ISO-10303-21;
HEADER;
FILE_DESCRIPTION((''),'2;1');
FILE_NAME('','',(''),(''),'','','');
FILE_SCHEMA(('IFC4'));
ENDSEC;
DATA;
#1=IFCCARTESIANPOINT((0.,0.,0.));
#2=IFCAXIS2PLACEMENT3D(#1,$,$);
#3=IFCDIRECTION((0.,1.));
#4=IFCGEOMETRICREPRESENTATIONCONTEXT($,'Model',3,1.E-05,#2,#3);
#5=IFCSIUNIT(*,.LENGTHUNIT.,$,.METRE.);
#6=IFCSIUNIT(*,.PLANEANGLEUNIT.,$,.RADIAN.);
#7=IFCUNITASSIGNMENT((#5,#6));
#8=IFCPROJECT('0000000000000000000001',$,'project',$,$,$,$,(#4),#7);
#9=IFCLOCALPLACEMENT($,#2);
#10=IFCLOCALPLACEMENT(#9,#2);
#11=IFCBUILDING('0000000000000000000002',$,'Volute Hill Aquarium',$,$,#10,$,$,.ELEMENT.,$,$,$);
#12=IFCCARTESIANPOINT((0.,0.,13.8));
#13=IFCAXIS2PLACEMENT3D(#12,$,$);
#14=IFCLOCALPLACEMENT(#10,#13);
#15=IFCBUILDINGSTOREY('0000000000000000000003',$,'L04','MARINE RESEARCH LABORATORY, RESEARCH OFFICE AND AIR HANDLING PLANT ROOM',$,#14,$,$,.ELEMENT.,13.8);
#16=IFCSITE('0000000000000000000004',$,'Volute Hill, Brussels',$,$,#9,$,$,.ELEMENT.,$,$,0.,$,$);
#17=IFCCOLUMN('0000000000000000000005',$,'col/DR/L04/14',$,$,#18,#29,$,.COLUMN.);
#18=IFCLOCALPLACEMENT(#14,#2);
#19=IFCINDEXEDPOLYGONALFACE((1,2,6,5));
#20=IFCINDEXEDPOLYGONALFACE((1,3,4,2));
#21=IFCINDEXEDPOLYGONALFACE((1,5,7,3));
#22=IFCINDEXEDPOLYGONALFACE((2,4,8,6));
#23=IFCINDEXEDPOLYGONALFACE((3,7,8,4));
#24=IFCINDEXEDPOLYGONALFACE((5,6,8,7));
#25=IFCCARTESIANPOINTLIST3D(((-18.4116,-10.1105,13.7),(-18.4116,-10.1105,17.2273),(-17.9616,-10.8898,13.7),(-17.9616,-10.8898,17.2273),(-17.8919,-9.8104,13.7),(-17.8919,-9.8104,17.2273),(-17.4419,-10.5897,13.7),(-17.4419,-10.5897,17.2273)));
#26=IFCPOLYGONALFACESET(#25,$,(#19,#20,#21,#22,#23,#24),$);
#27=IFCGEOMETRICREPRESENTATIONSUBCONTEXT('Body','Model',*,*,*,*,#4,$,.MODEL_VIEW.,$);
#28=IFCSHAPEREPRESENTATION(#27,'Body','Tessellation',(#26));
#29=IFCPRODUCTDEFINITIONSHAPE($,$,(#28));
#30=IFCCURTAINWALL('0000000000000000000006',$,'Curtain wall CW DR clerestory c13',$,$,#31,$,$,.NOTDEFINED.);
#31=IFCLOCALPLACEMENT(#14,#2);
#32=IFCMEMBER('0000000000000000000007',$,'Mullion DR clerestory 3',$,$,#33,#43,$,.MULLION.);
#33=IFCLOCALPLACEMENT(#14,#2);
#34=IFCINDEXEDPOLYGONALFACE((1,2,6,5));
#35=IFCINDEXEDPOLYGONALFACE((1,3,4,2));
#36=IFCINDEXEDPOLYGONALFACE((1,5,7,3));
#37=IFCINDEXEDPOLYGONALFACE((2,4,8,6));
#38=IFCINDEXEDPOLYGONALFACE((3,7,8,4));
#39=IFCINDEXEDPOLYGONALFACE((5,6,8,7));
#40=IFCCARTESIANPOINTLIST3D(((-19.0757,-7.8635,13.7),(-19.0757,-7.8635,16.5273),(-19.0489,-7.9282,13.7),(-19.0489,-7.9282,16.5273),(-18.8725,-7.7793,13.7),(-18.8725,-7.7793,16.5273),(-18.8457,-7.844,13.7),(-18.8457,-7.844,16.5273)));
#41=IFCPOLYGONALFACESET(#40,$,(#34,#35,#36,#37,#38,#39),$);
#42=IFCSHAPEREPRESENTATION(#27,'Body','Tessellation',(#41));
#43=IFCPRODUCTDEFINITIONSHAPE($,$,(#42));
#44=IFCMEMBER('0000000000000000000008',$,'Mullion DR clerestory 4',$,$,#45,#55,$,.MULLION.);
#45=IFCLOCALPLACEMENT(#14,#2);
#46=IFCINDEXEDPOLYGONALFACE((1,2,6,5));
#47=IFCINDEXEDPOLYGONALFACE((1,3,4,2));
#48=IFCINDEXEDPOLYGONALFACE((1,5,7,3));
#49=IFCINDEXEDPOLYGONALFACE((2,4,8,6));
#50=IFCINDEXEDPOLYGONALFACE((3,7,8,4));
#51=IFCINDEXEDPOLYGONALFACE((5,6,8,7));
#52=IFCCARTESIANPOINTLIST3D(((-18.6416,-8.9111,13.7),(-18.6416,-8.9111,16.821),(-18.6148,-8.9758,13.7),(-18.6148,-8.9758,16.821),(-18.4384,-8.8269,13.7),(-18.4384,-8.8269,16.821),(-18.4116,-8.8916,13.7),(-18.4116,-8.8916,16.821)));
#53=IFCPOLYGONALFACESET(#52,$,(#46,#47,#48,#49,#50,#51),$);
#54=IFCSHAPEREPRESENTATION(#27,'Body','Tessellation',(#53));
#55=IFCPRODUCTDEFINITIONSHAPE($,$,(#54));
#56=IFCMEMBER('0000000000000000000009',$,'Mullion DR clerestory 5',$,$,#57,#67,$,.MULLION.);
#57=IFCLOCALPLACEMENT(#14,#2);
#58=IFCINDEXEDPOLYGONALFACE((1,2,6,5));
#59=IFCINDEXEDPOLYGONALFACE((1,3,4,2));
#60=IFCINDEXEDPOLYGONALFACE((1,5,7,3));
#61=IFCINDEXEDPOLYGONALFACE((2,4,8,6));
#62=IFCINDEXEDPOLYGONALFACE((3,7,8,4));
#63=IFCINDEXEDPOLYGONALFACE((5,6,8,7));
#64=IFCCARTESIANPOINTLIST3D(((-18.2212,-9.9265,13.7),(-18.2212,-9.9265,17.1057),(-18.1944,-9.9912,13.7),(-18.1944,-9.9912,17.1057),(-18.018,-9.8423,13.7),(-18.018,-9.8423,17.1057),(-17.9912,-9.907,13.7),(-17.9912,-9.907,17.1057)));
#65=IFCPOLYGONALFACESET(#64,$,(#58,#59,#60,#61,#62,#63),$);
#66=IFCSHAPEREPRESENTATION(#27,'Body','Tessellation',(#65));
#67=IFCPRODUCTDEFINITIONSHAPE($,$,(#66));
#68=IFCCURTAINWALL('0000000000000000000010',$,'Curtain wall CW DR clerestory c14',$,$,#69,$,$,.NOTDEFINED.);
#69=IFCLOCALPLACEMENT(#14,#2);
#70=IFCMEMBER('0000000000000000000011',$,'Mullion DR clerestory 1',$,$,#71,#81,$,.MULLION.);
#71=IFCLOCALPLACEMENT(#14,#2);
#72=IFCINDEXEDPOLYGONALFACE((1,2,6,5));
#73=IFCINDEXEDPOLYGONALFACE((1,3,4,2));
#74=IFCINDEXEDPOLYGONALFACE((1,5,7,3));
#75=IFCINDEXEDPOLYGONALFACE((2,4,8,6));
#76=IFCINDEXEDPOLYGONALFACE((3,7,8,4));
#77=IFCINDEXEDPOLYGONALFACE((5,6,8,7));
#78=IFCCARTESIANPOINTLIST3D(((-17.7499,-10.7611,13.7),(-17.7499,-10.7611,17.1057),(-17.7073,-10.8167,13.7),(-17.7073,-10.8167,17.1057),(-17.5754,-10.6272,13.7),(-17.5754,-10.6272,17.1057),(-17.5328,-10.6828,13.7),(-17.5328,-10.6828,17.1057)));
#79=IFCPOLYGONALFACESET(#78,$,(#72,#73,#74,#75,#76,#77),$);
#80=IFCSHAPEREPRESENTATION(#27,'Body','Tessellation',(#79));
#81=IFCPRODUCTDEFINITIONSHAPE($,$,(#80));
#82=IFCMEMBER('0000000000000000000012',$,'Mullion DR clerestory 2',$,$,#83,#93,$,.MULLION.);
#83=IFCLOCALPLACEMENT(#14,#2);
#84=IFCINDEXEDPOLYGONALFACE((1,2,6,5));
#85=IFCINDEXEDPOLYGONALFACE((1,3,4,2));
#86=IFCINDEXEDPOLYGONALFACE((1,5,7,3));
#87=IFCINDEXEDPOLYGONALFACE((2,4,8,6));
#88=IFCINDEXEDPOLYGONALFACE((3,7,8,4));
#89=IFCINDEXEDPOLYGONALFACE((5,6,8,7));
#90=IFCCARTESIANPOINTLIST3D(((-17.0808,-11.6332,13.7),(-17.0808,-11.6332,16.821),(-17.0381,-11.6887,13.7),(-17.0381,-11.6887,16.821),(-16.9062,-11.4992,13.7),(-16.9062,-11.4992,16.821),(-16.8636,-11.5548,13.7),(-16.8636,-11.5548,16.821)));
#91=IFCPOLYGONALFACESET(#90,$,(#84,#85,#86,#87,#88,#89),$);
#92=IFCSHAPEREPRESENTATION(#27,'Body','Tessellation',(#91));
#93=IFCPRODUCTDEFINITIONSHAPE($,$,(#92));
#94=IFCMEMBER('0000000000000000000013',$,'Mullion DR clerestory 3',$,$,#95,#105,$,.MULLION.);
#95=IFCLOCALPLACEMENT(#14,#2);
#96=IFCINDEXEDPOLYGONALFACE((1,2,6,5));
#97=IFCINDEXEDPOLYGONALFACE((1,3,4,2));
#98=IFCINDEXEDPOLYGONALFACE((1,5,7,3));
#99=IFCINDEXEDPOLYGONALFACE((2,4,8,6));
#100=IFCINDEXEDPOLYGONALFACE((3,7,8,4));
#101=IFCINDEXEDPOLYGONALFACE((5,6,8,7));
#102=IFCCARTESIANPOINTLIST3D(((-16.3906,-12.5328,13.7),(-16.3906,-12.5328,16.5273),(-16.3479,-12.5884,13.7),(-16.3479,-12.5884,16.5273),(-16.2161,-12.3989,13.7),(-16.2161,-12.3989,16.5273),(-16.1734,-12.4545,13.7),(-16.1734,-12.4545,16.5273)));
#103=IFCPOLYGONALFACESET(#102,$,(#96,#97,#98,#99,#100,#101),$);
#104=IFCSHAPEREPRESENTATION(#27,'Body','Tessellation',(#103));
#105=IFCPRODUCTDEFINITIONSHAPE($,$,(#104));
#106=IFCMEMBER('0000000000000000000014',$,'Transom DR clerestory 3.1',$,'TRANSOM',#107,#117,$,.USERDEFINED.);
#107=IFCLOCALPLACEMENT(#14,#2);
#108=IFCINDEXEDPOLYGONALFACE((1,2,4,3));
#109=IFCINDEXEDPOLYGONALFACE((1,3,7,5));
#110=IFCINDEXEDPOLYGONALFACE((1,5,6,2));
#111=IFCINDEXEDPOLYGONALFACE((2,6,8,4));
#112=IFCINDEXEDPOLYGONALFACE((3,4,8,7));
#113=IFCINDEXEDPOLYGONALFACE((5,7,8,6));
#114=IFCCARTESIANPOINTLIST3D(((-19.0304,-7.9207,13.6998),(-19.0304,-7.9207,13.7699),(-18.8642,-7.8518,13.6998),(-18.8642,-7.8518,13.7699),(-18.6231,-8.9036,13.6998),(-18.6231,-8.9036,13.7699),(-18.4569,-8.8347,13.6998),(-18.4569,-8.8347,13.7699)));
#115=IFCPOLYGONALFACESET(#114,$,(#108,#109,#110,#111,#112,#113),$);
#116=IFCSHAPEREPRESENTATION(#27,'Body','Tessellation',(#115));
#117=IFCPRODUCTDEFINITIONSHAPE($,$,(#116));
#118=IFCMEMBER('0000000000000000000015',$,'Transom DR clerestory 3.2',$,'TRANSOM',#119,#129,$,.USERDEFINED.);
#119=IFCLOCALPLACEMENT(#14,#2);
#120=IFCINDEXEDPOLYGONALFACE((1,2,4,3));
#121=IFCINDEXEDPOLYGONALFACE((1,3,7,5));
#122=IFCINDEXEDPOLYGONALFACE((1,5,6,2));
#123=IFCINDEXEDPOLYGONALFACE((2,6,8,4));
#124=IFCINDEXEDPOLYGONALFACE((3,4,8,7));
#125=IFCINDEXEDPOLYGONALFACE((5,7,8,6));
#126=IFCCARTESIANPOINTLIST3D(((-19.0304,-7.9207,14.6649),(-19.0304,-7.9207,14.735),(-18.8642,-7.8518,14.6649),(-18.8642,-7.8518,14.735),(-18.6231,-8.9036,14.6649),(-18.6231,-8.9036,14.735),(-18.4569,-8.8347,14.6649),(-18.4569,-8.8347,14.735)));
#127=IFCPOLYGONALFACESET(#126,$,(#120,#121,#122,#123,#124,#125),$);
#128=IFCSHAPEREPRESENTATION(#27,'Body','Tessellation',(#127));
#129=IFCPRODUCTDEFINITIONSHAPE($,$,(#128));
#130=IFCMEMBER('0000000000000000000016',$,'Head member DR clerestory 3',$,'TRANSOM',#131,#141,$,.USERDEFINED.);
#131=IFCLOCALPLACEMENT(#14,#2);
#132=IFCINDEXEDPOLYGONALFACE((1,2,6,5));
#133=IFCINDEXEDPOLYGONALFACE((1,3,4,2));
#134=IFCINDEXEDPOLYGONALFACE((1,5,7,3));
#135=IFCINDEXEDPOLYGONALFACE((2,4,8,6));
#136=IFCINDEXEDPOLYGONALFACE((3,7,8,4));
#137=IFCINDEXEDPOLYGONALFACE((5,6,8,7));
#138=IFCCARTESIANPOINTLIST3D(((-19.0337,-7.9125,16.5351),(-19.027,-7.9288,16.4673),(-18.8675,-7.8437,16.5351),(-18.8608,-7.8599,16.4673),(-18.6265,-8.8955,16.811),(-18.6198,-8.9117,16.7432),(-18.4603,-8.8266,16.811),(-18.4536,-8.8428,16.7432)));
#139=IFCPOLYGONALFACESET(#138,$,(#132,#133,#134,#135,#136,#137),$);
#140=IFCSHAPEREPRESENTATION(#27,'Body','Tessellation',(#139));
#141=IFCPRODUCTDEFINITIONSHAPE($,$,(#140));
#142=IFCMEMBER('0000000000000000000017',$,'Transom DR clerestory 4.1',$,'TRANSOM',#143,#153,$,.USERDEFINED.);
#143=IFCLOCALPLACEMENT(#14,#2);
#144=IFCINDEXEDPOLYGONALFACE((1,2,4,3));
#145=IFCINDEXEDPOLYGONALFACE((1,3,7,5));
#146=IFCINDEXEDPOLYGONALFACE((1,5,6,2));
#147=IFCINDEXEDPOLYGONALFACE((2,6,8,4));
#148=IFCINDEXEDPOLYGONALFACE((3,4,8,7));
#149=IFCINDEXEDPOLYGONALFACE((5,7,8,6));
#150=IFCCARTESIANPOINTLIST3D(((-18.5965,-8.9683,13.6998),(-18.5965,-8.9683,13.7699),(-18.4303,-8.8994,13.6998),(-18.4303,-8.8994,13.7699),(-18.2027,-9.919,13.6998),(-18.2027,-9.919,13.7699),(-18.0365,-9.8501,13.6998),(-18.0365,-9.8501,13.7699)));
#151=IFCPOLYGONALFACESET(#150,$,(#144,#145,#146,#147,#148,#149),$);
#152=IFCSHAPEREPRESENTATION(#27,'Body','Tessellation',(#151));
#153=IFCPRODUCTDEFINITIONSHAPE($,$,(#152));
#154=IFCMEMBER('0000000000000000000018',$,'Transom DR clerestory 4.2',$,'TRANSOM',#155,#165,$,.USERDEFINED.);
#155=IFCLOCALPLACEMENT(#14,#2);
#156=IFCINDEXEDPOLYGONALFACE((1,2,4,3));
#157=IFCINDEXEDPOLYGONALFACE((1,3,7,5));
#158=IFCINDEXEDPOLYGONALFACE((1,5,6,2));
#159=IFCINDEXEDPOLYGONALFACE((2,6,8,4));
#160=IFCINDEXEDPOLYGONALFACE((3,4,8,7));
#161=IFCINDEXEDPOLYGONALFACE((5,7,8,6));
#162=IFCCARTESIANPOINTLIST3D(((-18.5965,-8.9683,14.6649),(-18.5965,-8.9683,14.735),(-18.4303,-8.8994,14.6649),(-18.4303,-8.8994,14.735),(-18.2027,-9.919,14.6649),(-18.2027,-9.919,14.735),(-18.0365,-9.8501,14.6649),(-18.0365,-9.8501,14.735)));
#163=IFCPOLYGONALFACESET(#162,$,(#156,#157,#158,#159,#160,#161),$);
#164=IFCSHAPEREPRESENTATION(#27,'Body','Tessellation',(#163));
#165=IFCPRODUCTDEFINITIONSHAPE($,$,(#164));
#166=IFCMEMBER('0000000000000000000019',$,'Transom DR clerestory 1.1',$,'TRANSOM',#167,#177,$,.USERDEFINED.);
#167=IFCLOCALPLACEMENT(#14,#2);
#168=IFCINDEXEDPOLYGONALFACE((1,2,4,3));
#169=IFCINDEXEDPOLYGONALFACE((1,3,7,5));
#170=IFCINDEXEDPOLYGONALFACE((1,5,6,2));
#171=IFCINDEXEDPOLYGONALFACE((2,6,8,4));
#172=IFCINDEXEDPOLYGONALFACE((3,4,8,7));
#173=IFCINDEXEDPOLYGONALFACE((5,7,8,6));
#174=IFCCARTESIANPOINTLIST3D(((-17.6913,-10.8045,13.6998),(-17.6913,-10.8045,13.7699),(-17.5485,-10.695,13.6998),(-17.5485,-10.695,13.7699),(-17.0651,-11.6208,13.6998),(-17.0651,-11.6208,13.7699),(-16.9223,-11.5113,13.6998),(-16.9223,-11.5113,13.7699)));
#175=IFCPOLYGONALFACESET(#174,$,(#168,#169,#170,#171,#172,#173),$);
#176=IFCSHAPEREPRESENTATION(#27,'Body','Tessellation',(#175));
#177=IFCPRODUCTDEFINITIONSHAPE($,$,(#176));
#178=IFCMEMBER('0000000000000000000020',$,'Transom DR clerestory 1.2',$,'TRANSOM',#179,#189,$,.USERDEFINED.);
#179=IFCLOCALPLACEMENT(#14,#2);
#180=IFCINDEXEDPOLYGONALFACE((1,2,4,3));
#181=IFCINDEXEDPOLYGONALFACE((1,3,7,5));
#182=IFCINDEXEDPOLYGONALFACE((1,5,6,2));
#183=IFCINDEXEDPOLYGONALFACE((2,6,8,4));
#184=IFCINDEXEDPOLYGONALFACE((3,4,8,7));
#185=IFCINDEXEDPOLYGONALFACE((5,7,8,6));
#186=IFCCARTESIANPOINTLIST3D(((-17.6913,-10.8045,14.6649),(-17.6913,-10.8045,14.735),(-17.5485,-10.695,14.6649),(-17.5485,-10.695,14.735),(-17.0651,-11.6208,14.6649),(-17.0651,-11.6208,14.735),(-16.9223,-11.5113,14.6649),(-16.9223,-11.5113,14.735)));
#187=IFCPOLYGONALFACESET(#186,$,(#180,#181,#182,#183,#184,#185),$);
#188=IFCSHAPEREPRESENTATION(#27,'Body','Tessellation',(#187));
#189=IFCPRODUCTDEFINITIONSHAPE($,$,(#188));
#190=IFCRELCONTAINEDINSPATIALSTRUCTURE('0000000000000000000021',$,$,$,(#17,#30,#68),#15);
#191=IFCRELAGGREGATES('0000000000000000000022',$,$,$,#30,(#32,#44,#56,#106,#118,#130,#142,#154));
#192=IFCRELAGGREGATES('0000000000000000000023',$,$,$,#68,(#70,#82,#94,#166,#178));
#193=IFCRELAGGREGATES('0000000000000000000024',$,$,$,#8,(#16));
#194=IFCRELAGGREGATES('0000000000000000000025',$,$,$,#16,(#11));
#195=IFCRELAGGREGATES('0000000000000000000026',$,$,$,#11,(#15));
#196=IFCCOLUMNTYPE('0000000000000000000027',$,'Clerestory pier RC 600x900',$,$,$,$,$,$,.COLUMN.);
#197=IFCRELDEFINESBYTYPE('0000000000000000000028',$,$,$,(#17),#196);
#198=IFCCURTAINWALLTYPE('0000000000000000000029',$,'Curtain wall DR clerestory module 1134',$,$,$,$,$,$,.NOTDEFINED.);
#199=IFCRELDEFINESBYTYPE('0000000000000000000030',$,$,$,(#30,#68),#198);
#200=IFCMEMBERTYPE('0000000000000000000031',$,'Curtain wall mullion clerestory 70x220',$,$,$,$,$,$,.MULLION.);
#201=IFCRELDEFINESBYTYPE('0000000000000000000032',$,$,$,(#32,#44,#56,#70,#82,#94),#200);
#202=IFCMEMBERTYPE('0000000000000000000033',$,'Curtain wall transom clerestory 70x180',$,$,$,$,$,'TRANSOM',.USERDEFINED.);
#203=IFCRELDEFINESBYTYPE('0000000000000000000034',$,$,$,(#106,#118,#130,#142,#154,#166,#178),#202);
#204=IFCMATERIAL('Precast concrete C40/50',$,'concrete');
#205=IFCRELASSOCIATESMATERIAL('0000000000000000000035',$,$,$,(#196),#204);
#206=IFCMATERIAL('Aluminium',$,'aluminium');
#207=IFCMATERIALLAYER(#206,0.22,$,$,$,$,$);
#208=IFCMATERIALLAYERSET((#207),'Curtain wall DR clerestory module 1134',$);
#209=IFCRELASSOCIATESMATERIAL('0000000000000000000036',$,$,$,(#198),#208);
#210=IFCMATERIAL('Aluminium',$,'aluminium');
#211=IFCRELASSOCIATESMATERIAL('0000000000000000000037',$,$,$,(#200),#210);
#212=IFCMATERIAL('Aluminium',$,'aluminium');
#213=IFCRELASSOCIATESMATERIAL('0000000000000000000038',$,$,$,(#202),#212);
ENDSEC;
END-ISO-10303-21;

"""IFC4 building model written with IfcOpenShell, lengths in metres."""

from ifc_helpers import new_model, si_unit, direction, frame, origin, origin_2d, place, context, subcontext, project, spatial, rectangle, extrude, material, layer, layer_set, material_profile, profile_set, type_object, element, aggregate, save


model = new_model("IFC4")

# Units and contexts
model_context = context("Model", 3, precision=1e-05, world=origin(), true_north=direction((0.0, 1.0)))
body_context = subcontext(model_context, "Body", "Model", "MODEL_VIEW")
ifc_project = project(units=[si_unit("LENGTHUNIT", "METRE"), si_unit("PLANEANGLEUNIT", "RADIAN")], contexts=[model_context])

# Site, building, storey
site_placement = place(None, origin())
site = spatial("IfcSite", under=ifc_project, at=site_placement, Name="Volute Hill, Brussels", CompositionType="ELEMENT", RefElevation=0.0)
building_placement = place(site_placement, origin())
building = spatial("IfcBuilding", under=site, at=building_placement, Name="Volute Hill Aquarium", CompositionType="ELEMENT")
storey_placement = place(building_placement, frame((0.0, 0.0, 13.8)))
storey = spatial("IfcBuildingStorey", under=building, at=storey_placement, Name="L04", Description="MARINE RESEARCH LABORATORY, RESEARCH OFFICE AND AIR HANDLING PLANT ROOM", CompositionType="ELEMENT", Elevation=13.8)

# Column
ifc_material_1 = material(Name="Precast concrete C40/50", Category="concrete")
ifc_material_profile_1 = material_profile(ifc_material_1, rectangle(XDim=0.6001, YDim=0.8999, at=origin_2d()), Name="RC pier 600x900")
ifc_profile_set_1 = profile_set([ifc_material_profile_1], Name="Precast concrete C40/50")
column_type = type_object("IfcColumnType", Name="Clerestory pier RC 600x900", PredefinedType="COLUMN", material=ifc_profile_set_1)
column_placement = place(storey_placement, frame((-17.9268, -10.3501, 13.7), z_axis=(0.0, 0.0, 1.0), x_axis=(-0.866025, -0.5, 0.0)))
element("IfcColumn", 1, at=column_placement, inside=storey, type_object=column_type, Name="col/DR/L04/14", PredefinedType="COLUMN", context=body_context, shape_type="SweptSolid", body=[
    extrude(rectangle(XDim=0.6001, YDim=0.8999, at=origin_2d()), origin(), (0.0, 0.0, 1.0), 3.5273),
])

# Curtain walls, members
ifc_material_2 = material(Name="Aluminium", Category="aluminium")
ifc_layer_1 = layer(ifc_material_2, 0.22)
ifc_layer_set_1 = layer_set([ifc_layer_1], Name="Curtain wall DR clerestory module 1134")
curtain_wall_type = type_object("IfcCurtainWallType", Name="Curtain wall DR clerestory module 1134", PredefinedType="NOTDEFINED", material=ifc_layer_set_1)
curtain_wall_1_placement = place(storey_placement, origin())
curtain_wall_1 = element("IfcCurtainWall", 2, at=curtain_wall_1_placement, inside=storey, type_object=curtain_wall_type, Name="Curtain wall CW DR clerestory c13", PredefinedType="NOTDEFINED")
ifc_material_3 = material(Name="Aluminium", Category="aluminium")
ifc_material_profile_2 = material_profile(ifc_material_3, rectangle(XDim=0.22, YDim=0.0701, at=origin_2d()), Name="Curtain wall mullion clerestory 70x220")
ifc_profile_set_2 = profile_set([ifc_material_profile_2], Name="Aluminium")
member_type_1 = type_object("IfcMemberType", Name="Curtain wall mullion clerestory 70x220", PredefinedType="MULLION", material=ifc_profile_set_2)
member_1_placement = place(storey_placement, frame((-18.9607, -7.8538, 13.7), z_axis=(0.0, 0.0, 1.0), x_axis=(0.923874, 0.382696, 0.0)))
member_1 = element("IfcMember", 3, at=member_1_placement, type_object=member_type_1, Name="Mullion DR clerestory 3", PredefinedType="MULLION", context=body_context, shape_type="SweptSolid", body=[
    extrude(rectangle(XDim=0.22, YDim=0.0701, at=origin_2d()), origin(), (0.0, 0.0, 1.0), 2.8274),
])
member_2_placement = place(storey_placement, frame((-18.5266, -8.9014, 13.7), z_axis=(0.0, 0.0, 1.0), x_axis=(0.923874, 0.382696, 0.0)))
member_2 = element("IfcMember", 4, at=member_2_placement, type_object=member_type_1, Name="Mullion DR clerestory 4", PredefinedType="MULLION", context=body_context, shape_type="SweptSolid", body=[
    extrude(rectangle(XDim=0.22, YDim=0.0701, at=origin_2d()), origin(), (0.0, 0.0, 1.0), 3.1211),
])
member_3_placement = place(storey_placement, frame((-18.1062, -9.9167, 13.7), z_axis=(0.0, 0.0, 1.0), x_axis=(0.923874, 0.382696, 0.0)))
member_3 = element("IfcMember", 5, at=member_3_placement, type_object=member_type_1, Name="Mullion DR clerestory 5", PredefinedType="MULLION", context=body_context, shape_type="SweptSolid", body=[
    extrude(rectangle(XDim=0.22, YDim=0.0701, at=origin_2d()), origin(), (0.0, 0.0, 1.0), 3.4058),
])
curtain_wall_2_placement = place(storey_placement, origin())
curtain_wall_2 = element("IfcCurtainWall", 6, at=curtain_wall_2_placement, inside=storey, type_object=curtain_wall_type, Name="Curtain wall CW DR clerestory c14", PredefinedType="NOTDEFINED")
member_4_placement = place(storey_placement, frame((-17.6414, -10.7219, 13.7), z_axis=(0.0, 0.0, 1.0), x_axis=(0.793354, 0.608761, 0.0)))
member_4 = element("IfcMember", 7, at=member_4_placement, type_object=member_type_1, Name="Mullion DR clerestory 1", PredefinedType="MULLION", context=body_context, shape_type="SweptSolid", body=[
    extrude(rectangle(XDim=0.22, YDim=0.0701, at=origin_2d()), origin(), (0.0, 0.0, 1.0), 3.4058),
])
member_5_placement = place(storey_placement, frame((-16.9722, -11.594, 13.7), z_axis=(0.0, 0.0, 1.0), x_axis=(0.793354, 0.608761, 0.0)))
member_5 = element("IfcMember", 8, at=member_5_placement, type_object=member_type_1, Name="Mullion DR clerestory 2", PredefinedType="MULLION", context=body_context, shape_type="SweptSolid", body=[
    extrude(rectangle(XDim=0.22, YDim=0.0701, at=origin_2d()), origin(), (0.0, 0.0, 1.0), 3.1211),
])
member_6_placement = place(storey_placement, frame((-16.282, -12.4937, 13.7), z_axis=(0.0, 0.0, 1.0), x_axis=(0.793354, 0.608761, 0.0)))
member_6 = element("IfcMember", 9, at=member_6_placement, type_object=member_type_1, Name="Mullion DR clerestory 3", PredefinedType="MULLION", context=body_context, shape_type="SweptSolid", body=[
    extrude(rectangle(XDim=0.22, YDim=0.0701, at=origin_2d()), origin(), (0.0, 0.0, 1.0), 2.8274),
])

# Members
ifc_material_4 = material(Name="Aluminium", Category="aluminium")
ifc_material_profile_3 = material_profile(ifc_material_4, rectangle(XDim=0.1799, YDim=0.0701, at=origin_2d()), Name="Curtain wall transom clerestory 70x180")
ifc_profile_set_3 = profile_set([ifc_material_profile_3], Name="Aluminium")
member_type_2 = type_object("IfcMemberType", Name="Curtain wall transom clerestory 70x180", ElementType="TRANSOM", PredefinedType="USERDEFINED", material=ifc_profile_set_3)
member_7_placement = place(storey_placement, frame((-18.9473, -7.8862, 13.7349), z_axis=(0.382757, -0.923849, 0.0), x_axis=(0.923849, 0.382757, 0.0)))
member_7 = element("IfcMember", 10, at=member_7_placement, type_object=member_type_2, Name="Transom DR clerestory 3.1", ObjectType="TRANSOM", PredefinedType="USERDEFINED", context=body_context, shape_type="SweptSolid", body=[
    extrude(rectangle(XDim=0.1799, YDim=0.0701, at=origin_2d()), origin(), (0.0, 0.0, 1.0), 1.064),
])
member_8_placement = place(storey_placement, frame((-18.9473, -7.8862, 14.7), z_axis=(0.382757, -0.923849, 0.0), x_axis=(0.923849, 0.382757, 0.0)))
member_8 = element("IfcMember", 11, at=member_8_placement, type_object=member_type_2, Name="Transom DR clerestory 3.2", ObjectType="TRANSOM", PredefinedType="USERDEFINED", context=body_context, shape_type="SweptSolid", body=[
    extrude(rectangle(XDim=0.1799, YDim=0.0701, at=origin_2d()), origin(), (0.0, 0.0, 1.0), 1.064),
])
member_9_placement = place(storey_placement, frame((-18.9473, -7.8862, 16.5012), z_axis=(0.370504, -0.894274, 0.251001), x_axis=(0.923849, 0.382757, 0.0)))
member_9 = element("IfcMember", 12, at=member_9_placement, type_object=member_type_2, Name="Head member DR clerestory 3", ObjectType="TRANSOM", PredefinedType="USERDEFINED", context=body_context, shape_type="SweptSolid", body=[
    extrude(rectangle(XDim=0.1799, YDim=0.0701, at=origin_2d()), origin(), (0.0, 0.0, 1.0), 1.0991),
])
member_10_placement = place(storey_placement, frame((-18.5134, -8.9338, 13.7349), z_axis=(0.382694, -0.923875, 0.0), x_axis=(0.923875, 0.382694, 0.0)))
member_10 = element("IfcMember", 13, at=member_10_placement, type_object=member_type_2, Name="Transom DR clerestory 4.1", ObjectType="TRANSOM", PredefinedType="USERDEFINED", context=body_context, shape_type="SweptSolid", body=[
    extrude(rectangle(XDim=0.1799, YDim=0.0701, at=origin_2d()), origin(), (0.0, 0.0, 1.0), 1.0291),
])
member_11_placement = place(storey_placement, frame((-18.5134, -8.9338, 14.7), z_axis=(0.382694, -0.923875, 0.0), x_axis=(0.923875, 0.382694, 0.0)))
member_11 = element("IfcMember", 14, at=member_11_placement, type_object=member_type_2, Name="Transom DR clerestory 4.2", ObjectType="TRANSOM", PredefinedType="USERDEFINED", context=body_context, shape_type="SweptSolid", body=[
    extrude(rectangle(XDim=0.1799, YDim=0.0701, at=origin_2d()), origin(), (0.0, 0.0, 1.0), 1.0291),
])
member_12_placement = place(storey_placement, frame((-17.6199, -10.7498, 13.7349), z_axis=(0.608621, -0.793461, 0.0), x_axis=(0.793461, 0.608621, 0.0)))
member_12 = element("IfcMember", 15, at=member_12_placement, type_object=member_type_2, Name="Transom DR clerestory 1.1", ObjectType="TRANSOM", PredefinedType="USERDEFINED", context=body_context, shape_type="SweptSolid", body=[
    extrude(rectangle(XDim=0.1799, YDim=0.0701, at=origin_2d()), origin(), (0.0, 0.0, 1.0), 1.0288),
])
member_13_placement = place(storey_placement, frame((-17.6199, -10.7498, 14.7), z_axis=(0.608621, -0.793461, 0.0), x_axis=(0.793461, 0.608621, 0.0)))
member_13 = element("IfcMember", 16, at=member_13_placement, type_object=member_type_2, Name="Transom DR clerestory 1.2", ObjectType="TRANSOM", PredefinedType="USERDEFINED", context=body_context, shape_type="SweptSolid", body=[
    extrude(rectangle(XDim=0.1799, YDim=0.0701, at=origin_2d()), origin(), (0.0, 0.0, 1.0), 1.0288),
])

aggregate(curtain_wall_1, [member_1, member_2, member_3, member_7, member_8, member_9, member_10, member_11])
aggregate(curtain_wall_2, [member_4, member_5, member_6, member_12, member_13])

save(model, "model.ifc")
